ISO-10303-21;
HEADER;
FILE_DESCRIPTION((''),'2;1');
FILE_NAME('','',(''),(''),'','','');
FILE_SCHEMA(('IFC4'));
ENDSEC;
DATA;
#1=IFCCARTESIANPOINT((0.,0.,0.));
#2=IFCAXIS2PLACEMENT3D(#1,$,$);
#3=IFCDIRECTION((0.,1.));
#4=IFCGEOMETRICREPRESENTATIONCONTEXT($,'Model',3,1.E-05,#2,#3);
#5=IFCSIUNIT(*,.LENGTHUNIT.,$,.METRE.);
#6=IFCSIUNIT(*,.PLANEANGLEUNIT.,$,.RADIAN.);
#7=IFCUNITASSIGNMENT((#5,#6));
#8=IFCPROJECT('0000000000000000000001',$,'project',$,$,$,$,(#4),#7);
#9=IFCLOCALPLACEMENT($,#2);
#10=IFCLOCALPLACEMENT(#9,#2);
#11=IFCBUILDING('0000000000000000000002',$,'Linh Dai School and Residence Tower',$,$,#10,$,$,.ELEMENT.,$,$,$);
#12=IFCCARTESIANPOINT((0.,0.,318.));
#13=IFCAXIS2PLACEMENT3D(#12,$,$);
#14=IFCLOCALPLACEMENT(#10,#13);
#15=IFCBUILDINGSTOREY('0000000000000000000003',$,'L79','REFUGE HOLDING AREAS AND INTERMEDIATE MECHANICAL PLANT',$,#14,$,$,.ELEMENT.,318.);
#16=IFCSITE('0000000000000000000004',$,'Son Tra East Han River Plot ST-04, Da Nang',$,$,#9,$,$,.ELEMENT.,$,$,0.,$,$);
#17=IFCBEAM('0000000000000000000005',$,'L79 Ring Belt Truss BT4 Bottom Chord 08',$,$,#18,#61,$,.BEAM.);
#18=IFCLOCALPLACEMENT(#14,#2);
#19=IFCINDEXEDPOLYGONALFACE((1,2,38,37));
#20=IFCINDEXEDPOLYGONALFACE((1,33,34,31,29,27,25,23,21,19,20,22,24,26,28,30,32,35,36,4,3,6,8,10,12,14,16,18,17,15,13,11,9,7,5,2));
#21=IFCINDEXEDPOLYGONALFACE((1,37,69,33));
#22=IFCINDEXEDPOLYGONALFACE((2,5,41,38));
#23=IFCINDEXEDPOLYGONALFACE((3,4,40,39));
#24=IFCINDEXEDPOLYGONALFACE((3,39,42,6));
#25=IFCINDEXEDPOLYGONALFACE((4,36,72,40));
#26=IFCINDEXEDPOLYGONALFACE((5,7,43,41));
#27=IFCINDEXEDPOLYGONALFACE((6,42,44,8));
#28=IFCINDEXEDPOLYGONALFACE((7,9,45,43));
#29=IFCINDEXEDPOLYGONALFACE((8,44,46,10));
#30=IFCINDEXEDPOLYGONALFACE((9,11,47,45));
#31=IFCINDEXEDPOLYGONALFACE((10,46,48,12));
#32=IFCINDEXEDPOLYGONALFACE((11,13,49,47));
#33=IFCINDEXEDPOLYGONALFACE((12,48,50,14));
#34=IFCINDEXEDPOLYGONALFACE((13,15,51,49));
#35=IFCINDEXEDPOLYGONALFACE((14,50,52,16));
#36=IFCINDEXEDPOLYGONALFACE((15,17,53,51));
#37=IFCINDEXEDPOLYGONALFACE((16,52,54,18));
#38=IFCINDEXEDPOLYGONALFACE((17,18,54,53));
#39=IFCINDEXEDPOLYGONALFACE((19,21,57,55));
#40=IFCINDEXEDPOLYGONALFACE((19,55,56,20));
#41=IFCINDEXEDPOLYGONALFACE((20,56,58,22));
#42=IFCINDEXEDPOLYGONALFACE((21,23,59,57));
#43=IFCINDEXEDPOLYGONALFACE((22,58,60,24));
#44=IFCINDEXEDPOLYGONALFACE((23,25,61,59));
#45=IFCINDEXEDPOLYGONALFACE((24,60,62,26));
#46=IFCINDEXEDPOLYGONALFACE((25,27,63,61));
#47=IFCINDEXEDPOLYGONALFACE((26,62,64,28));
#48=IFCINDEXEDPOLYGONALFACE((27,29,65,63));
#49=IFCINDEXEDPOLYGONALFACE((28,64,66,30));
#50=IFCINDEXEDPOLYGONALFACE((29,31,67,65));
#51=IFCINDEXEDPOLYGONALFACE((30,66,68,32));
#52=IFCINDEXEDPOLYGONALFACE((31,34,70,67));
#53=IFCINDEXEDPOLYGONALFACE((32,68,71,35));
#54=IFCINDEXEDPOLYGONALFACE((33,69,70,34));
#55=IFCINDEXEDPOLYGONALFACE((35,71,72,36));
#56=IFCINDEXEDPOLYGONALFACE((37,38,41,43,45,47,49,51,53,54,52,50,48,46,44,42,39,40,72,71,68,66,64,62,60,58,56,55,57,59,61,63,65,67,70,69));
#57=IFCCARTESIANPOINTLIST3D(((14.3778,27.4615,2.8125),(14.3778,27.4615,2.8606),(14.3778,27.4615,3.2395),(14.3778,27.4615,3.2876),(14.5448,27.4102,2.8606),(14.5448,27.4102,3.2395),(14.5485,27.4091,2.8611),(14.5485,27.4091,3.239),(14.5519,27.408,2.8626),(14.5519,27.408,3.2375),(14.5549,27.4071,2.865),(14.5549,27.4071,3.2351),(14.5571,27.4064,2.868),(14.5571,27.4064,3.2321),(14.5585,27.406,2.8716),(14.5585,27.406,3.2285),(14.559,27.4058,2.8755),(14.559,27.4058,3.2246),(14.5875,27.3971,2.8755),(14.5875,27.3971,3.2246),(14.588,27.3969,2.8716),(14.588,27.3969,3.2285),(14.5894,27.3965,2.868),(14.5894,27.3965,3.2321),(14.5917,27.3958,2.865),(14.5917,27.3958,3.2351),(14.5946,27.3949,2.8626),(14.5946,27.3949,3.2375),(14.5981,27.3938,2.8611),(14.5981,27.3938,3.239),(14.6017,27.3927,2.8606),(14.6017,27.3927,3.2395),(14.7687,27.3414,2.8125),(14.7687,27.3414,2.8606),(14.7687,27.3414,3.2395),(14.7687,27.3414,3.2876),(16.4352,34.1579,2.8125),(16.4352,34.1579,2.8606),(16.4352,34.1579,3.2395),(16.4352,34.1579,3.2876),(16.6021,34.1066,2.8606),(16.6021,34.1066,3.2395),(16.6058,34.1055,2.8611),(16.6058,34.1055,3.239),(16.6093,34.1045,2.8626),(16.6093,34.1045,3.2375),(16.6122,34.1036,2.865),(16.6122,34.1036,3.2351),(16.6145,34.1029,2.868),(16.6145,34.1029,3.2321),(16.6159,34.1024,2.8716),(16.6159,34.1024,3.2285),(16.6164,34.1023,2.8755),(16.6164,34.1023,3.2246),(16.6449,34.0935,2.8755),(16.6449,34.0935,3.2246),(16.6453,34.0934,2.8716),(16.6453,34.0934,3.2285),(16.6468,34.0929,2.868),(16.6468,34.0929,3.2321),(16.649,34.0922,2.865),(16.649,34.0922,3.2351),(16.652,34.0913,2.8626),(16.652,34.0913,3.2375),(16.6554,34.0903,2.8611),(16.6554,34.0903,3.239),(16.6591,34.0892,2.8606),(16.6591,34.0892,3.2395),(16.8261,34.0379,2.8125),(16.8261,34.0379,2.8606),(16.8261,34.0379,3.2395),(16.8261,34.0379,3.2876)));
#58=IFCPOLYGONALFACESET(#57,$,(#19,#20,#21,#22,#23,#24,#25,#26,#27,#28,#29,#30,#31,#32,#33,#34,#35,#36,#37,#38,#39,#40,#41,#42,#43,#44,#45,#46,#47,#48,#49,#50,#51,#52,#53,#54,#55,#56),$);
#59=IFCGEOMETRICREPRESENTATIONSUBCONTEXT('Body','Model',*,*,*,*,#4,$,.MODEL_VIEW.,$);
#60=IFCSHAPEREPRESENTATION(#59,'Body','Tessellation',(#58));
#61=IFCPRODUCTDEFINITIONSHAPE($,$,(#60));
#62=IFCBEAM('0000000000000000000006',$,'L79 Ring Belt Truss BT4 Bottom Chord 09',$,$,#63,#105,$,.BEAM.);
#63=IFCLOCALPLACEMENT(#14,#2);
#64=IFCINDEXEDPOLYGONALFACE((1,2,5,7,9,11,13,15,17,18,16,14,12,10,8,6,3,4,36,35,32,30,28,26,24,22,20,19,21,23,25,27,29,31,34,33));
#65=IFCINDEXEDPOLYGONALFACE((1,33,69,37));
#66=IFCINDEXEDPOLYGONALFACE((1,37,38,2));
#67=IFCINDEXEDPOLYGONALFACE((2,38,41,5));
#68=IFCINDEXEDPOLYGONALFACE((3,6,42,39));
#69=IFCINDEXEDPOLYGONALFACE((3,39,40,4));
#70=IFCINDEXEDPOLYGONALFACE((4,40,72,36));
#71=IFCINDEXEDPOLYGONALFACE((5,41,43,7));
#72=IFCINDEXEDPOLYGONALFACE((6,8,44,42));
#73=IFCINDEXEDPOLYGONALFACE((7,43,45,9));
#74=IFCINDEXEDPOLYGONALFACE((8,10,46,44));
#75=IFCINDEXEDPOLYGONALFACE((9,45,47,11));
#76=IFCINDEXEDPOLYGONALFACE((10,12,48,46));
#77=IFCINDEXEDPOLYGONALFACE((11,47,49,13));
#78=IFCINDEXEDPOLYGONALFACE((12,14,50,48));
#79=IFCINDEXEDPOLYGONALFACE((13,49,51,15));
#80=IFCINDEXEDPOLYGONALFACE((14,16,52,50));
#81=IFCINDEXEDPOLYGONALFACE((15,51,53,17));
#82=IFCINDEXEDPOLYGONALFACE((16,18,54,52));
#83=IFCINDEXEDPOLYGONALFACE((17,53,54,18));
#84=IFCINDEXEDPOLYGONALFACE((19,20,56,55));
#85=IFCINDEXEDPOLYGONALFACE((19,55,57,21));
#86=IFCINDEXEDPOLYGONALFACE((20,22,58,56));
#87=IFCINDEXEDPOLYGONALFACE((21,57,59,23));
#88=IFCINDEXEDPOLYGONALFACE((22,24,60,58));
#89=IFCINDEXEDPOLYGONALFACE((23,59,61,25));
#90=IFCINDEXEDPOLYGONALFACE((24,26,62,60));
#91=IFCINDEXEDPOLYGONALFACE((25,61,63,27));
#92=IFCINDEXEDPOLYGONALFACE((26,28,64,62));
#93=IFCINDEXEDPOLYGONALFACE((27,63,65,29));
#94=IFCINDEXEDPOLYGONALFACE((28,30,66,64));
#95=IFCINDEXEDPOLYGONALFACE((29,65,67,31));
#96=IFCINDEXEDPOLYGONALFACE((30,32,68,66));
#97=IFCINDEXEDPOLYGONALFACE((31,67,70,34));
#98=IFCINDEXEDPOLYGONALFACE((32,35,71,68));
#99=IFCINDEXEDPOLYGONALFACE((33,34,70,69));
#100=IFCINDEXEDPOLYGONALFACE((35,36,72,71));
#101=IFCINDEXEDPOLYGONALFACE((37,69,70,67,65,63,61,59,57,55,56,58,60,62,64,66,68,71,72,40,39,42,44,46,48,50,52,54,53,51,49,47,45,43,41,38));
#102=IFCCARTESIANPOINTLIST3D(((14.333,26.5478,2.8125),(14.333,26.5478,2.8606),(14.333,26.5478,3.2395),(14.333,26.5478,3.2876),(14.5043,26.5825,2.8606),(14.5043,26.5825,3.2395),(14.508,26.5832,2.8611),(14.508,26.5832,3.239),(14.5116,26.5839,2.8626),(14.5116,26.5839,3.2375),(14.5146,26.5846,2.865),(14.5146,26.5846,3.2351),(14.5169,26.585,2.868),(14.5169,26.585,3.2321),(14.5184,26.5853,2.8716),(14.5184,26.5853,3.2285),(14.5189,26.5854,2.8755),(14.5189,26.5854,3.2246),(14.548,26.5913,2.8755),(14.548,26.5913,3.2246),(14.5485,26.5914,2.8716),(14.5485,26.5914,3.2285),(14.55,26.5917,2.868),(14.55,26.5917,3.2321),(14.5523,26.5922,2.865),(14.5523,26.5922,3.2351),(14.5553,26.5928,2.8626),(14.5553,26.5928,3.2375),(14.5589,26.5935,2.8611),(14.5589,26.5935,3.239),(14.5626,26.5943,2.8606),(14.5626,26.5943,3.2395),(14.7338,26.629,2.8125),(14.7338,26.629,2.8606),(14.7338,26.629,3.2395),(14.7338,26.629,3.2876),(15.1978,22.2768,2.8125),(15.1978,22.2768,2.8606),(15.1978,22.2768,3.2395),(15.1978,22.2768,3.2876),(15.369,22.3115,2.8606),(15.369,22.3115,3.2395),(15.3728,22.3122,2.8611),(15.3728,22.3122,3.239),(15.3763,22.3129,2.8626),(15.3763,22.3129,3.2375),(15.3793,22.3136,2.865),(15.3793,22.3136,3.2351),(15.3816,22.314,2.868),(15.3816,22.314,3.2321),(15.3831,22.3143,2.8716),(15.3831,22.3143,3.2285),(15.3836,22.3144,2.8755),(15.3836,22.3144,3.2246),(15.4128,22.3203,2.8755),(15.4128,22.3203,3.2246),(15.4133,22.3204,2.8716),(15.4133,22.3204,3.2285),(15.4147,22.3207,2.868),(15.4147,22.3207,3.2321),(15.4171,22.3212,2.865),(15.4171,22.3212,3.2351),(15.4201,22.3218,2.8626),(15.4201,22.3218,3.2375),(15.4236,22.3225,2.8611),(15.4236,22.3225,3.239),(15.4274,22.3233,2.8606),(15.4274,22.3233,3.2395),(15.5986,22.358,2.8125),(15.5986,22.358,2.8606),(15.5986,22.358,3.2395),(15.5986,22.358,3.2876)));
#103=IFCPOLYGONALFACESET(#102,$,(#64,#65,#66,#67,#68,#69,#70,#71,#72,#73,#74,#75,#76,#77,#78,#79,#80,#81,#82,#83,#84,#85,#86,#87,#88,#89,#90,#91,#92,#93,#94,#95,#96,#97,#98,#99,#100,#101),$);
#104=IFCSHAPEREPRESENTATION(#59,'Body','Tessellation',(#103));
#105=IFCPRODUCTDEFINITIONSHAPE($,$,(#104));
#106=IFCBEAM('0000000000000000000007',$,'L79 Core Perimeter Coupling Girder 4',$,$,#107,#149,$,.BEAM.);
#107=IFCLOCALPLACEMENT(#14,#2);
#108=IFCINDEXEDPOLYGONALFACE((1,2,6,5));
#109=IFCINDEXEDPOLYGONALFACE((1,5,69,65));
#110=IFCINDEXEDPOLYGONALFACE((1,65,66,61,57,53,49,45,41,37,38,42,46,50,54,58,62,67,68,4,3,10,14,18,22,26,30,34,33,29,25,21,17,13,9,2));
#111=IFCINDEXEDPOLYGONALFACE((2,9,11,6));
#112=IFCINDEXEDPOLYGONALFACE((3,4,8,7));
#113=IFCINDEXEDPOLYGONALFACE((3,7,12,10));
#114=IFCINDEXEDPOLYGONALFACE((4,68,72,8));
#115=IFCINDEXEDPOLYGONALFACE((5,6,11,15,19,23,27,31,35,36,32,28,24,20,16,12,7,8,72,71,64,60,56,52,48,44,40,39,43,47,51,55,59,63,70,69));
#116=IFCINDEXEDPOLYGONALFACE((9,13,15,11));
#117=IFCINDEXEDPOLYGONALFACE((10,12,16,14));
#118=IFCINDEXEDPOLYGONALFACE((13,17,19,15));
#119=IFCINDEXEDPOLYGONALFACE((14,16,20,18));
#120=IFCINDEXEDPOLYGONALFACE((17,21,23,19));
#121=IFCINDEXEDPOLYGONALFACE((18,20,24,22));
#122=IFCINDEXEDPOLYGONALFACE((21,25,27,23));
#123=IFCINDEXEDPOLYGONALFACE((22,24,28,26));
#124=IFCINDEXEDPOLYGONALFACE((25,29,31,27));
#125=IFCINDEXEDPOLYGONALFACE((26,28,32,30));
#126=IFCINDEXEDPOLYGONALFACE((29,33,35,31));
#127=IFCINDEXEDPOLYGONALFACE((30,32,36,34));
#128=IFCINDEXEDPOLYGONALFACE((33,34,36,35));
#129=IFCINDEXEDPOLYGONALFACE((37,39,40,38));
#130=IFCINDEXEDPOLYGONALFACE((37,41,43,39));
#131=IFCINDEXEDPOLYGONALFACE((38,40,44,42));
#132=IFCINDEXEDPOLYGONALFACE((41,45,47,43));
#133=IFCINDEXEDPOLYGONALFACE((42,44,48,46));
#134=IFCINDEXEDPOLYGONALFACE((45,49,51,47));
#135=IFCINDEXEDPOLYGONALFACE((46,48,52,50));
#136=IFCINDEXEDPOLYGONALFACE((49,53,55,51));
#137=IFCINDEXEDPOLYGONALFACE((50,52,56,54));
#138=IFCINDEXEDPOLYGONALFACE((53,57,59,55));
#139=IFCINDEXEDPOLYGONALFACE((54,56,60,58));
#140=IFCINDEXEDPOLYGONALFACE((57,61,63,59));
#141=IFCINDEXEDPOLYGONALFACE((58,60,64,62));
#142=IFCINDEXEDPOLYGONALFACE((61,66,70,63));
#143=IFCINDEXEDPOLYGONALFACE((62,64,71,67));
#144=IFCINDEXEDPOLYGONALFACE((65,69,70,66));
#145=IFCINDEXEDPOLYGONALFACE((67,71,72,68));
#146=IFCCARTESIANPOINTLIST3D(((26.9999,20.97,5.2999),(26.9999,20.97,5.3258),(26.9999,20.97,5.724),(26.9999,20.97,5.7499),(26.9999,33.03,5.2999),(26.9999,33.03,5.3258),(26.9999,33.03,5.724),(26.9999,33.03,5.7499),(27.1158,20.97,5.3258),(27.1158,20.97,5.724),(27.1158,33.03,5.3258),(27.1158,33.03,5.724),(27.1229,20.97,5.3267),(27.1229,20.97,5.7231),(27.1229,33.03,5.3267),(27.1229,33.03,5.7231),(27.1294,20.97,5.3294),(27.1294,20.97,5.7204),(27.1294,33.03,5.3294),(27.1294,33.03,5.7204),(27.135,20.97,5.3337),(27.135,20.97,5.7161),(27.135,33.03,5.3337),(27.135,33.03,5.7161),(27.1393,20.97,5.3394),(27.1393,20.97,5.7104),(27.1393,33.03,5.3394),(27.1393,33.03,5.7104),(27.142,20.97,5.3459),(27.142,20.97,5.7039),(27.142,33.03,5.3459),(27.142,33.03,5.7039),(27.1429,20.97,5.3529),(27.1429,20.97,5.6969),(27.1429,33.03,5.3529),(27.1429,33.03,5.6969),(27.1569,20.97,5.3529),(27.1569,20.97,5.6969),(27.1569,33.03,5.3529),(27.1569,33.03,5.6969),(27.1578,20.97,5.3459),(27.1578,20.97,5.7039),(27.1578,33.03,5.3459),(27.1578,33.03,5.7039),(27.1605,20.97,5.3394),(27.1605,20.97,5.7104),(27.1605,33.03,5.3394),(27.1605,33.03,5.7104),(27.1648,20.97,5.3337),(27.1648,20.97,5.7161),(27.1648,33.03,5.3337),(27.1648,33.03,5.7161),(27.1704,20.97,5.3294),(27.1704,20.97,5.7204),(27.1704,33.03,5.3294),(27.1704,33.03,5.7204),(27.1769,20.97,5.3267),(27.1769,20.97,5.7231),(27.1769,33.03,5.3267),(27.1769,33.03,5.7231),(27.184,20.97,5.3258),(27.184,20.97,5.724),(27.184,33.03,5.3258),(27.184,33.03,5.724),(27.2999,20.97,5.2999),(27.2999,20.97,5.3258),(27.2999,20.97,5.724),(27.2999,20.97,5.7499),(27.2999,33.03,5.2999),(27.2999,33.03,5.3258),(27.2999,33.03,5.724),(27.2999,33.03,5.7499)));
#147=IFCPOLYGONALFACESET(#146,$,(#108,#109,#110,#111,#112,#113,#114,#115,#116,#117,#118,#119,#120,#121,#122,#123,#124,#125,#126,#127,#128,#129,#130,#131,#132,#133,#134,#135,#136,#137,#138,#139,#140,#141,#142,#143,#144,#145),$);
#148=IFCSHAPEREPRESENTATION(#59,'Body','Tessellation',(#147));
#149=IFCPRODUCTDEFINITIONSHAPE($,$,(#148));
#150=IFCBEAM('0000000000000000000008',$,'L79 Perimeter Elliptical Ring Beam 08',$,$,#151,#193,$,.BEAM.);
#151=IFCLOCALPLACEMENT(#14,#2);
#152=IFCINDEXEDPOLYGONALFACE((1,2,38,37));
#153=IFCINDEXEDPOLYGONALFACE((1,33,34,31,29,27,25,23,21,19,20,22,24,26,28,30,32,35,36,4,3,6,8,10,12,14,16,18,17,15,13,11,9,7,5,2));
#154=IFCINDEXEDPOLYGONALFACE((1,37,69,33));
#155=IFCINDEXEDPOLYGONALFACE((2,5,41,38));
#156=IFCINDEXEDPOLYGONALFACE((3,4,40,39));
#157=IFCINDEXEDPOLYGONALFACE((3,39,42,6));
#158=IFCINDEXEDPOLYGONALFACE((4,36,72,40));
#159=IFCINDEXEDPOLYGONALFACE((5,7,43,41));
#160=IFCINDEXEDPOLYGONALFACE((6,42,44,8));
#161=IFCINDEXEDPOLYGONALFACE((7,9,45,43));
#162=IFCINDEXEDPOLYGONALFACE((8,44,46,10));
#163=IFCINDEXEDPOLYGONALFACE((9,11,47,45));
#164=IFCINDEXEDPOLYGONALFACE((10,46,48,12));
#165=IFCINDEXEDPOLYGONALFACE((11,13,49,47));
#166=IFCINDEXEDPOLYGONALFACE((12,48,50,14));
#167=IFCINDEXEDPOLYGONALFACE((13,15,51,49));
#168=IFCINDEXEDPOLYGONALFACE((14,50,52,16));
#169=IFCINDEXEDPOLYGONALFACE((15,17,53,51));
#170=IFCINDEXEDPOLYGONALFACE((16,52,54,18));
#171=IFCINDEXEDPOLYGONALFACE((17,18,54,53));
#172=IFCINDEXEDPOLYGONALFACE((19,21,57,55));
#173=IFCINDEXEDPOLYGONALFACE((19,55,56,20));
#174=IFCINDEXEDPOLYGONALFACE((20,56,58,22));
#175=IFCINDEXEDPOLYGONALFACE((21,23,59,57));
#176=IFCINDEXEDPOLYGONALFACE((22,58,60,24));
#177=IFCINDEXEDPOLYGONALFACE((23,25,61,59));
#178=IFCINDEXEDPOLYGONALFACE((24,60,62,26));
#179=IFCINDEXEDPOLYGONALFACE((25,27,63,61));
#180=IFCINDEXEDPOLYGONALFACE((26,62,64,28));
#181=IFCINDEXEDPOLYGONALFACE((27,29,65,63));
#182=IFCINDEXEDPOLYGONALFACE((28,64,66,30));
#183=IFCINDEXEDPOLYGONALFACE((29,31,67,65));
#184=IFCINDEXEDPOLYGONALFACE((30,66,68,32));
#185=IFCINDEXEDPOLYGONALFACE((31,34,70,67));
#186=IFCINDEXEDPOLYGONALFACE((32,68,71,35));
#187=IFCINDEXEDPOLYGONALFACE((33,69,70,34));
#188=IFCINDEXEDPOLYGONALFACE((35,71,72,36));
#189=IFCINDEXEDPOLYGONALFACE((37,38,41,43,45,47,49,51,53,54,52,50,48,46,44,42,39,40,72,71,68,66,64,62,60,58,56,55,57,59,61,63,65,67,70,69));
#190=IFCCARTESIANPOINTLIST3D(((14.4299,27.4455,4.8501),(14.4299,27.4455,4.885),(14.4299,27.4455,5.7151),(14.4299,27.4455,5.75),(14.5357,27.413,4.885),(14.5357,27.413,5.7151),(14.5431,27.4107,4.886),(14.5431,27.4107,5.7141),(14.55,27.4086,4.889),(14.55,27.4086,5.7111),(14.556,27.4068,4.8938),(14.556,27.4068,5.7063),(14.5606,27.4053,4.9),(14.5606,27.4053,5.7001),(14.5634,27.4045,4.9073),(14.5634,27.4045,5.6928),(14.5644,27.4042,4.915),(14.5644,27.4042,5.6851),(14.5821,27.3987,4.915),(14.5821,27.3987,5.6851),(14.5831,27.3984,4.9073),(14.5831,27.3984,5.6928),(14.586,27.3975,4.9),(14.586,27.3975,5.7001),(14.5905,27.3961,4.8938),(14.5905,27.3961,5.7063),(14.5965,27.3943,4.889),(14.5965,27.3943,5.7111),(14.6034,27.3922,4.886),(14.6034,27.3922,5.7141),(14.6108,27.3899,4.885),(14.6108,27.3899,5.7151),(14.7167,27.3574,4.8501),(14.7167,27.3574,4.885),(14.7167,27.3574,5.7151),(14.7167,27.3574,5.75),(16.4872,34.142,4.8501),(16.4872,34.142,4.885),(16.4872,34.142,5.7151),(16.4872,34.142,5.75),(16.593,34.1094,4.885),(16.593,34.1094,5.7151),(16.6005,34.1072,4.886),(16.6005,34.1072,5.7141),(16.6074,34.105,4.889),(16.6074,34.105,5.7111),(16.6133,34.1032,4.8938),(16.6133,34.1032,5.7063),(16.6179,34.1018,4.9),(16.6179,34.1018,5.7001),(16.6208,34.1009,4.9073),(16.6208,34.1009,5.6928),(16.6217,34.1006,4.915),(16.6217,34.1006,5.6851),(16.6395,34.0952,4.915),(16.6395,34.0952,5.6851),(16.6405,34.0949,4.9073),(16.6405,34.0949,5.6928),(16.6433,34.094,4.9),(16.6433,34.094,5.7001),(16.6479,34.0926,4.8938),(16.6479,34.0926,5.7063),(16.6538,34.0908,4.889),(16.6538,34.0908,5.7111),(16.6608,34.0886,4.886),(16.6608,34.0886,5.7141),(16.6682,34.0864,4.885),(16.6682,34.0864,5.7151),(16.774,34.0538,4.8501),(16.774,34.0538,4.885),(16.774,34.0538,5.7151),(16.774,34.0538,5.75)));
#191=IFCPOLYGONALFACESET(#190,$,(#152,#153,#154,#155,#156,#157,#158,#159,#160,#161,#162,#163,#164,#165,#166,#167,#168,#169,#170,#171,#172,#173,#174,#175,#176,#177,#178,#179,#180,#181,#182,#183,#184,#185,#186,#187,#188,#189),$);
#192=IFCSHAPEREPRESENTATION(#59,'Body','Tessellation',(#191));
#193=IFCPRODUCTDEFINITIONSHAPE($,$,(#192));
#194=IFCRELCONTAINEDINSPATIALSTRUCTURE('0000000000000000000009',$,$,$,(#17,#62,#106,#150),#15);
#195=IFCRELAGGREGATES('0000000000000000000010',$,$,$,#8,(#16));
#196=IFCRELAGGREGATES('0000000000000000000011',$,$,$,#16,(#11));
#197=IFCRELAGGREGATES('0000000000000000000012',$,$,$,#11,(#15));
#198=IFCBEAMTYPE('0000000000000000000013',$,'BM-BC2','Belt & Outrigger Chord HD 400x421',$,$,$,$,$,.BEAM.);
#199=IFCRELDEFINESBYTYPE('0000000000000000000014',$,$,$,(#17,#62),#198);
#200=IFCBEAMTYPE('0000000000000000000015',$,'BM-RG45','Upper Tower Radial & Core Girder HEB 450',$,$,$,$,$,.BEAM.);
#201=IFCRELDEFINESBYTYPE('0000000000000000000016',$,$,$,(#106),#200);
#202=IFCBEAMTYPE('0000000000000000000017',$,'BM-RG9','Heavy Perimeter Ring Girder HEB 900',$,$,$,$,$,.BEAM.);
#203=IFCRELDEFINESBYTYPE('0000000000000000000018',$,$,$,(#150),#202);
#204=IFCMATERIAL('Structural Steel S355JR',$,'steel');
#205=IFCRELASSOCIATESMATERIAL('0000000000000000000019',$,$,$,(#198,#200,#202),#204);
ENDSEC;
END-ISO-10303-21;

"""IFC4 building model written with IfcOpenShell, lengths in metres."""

from ifc_helpers import new_model, si_unit, direction, frame, origin, origin_2d, place, context, subcontext, project, spatial, i_section, extrude, material, material_profile, profile_set, type_object, element, save


model = new_model("IFC4")

# Units and contexts
model_context = context("Model", 3, precision=1e-05, world=origin(), true_north=direction((0.0, 1.0)))
body_context = subcontext(model_context, "Body", "Model", "MODEL_VIEW")
ifc_project = project(units=[si_unit("LENGTHUNIT", "METRE"), si_unit("PLANEANGLEUNIT", "RADIAN")], contexts=[model_context])

# Site, building, storey
site_placement = place(None, origin())
site = spatial("IfcSite", under=ifc_project, at=site_placement, Name="Son Tra East Han River Plot ST-04, Da Nang", CompositionType="ELEMENT", RefElevation=0.0)
building_placement = place(site_placement, origin())
building = spatial("IfcBuilding", under=site, at=building_placement, Name="Linh Dai School and Residence Tower", CompositionType="ELEMENT")
storey_placement = place(building_placement, frame((0.0, 0.0, 318.0)))
storey = spatial("IfcBuildingStorey", under=building, at=storey_placement, Name="L79", Description="REFUGE HOLDING AREAS AND INTERMEDIATE MECHANICAL PLANT", CompositionType="ELEMENT", Elevation=318.0)

# Shared definitions
ifc_material_1 = material(Name="Structural Steel S355JR", Category="steel")

# Beams
ifc_material_profile_1 = material_profile(ifc_material_1, i_section(OverallWidth=0.4089, OverallDepth=0.4751, WebThickness=0.0298, FlangeThickness=0.0481, FilletRadius=0.0149, at=origin_2d()), Name="HD 400x421")
ifc_profile_set_1 = profile_set([ifc_material_profile_1], Name="Structural Steel S355JR")
beam_type_1 = type_object("IfcBeamType", Name="BM-BC2", Description="Belt & Outrigger Chord HD 400x421", PredefinedType="BEAM", material=ifc_profile_set_1)
beam_1_placement = place(storey_placement, frame((16.6306, 34.0979, 3.05), z_axis=(-0.293682, -0.955903, 0.0), x_axis=(0.955903, -0.293682, 0.0)))
element("IfcBeam", 1, at=beam_1_placement, inside=storey, type_object=beam_type_1, Name="L79 Ring Belt Truss BT4 Bottom Chord 08", PredefinedType="BEAM", context=body_context, shape_type="SweptSolid", body=[
    extrude(i_section(OverallWidth=0.4089, OverallDepth=0.4751, WebThickness=0.0298, FlangeThickness=0.0481, FilletRadius=0.0149, at=origin_2d()), origin(), (0.0, 0.0, 1.0), 7.0054),
])
beam_2_placement = place(storey_placement, frame((14.5334, 26.5884, 3.05), z_axis=(0.198443, -0.980112, 0.0), x_axis=(0.980112, 0.198443, 0.0)))
element("IfcBeam", 2, at=beam_2_placement, inside=storey, type_object=beam_type_1, Name="L79 Ring Belt Truss BT4 Bottom Chord 09", PredefinedType="BEAM", context=body_context, shape_type="SweptSolid", body=[
    extrude(i_section(OverallWidth=0.4089, OverallDepth=0.4751, WebThickness=0.0298, FlangeThickness=0.0481, FilletRadius=0.0149, at=origin_2d()), origin(), (0.0, 0.0, 1.0), 4.3577),
])
ifc_material_profile_2 = material_profile(ifc_material_1, i_section(OverallWidth=0.3, OverallDepth=0.45, WebThickness=0.0139, FlangeThickness=0.0259, FilletRadius=0.0271, at=origin_2d()), Name="HEB 450")
ifc_profile_set_2 = profile_set([ifc_material_profile_2], Name="Structural Steel S355JR")
beam_type_2 = type_object("IfcBeamType", Name="BM-RG45", Description="Upper Tower Radial & Core Girder HEB 450", PredefinedType="BEAM", material=ifc_profile_set_2)
beam_3_placement = place(storey_placement, frame((27.1499, 33.03, 5.5249), z_axis=(0.0, -1.0, 0.0), x_axis=(1.0, 0.0, 0.0)))
element("IfcBeam", 3, at=beam_3_placement, inside=storey, type_object=beam_type_2, Name="L79 Core Perimeter Coupling Girder 4", PredefinedType="BEAM", context=body_context, shape_type="SweptSolid", body=[
    extrude(i_section(OverallWidth=0.3, OverallDepth=0.45, WebThickness=0.0139, FlangeThickness=0.0259, FilletRadius=0.0271, at=origin_2d()), origin(), (0.0, 0.0, 1.0), 12.0601),
])
ifc_material_profile_3 = material_profile(ifc_material_1, i_section(OverallWidth=0.3, OverallDepth=0.8999, WebThickness=0.0186, FlangeThickness=0.0349, FilletRadius=0.03, at=origin_2d()), Name="HEB 900")
ifc_profile_set_3 = profile_set([ifc_material_profile_3], Name="Structural Steel S355JR")
beam_type_3 = type_object("IfcBeamType", Name="BM-RG9", Description="Heavy Perimeter Ring Girder HEB 900", PredefinedType="BEAM", material=ifc_profile_set_3)
beam_4_placement = place(storey_placement, frame((16.6306, 34.0979, 5.3), z_axis=(-0.293682, -0.955903, 0.0), x_axis=(0.955903, -0.293682, 0.0)))
element("IfcBeam", 4, at=beam_4_placement, inside=storey, type_object=beam_type_3, Name="L79 Perimeter Elliptical Ring Beam 08", PredefinedType="BEAM", context=body_context, shape_type="SweptSolid", body=[
    extrude(i_section(OverallWidth=0.3, OverallDepth=0.8999, WebThickness=0.0186, FlangeThickness=0.0349, FilletRadius=0.03, at=origin_2d()), origin(), (0.0, 0.0, 1.0), 7.0054),
])

save(model, "model.ifc")
